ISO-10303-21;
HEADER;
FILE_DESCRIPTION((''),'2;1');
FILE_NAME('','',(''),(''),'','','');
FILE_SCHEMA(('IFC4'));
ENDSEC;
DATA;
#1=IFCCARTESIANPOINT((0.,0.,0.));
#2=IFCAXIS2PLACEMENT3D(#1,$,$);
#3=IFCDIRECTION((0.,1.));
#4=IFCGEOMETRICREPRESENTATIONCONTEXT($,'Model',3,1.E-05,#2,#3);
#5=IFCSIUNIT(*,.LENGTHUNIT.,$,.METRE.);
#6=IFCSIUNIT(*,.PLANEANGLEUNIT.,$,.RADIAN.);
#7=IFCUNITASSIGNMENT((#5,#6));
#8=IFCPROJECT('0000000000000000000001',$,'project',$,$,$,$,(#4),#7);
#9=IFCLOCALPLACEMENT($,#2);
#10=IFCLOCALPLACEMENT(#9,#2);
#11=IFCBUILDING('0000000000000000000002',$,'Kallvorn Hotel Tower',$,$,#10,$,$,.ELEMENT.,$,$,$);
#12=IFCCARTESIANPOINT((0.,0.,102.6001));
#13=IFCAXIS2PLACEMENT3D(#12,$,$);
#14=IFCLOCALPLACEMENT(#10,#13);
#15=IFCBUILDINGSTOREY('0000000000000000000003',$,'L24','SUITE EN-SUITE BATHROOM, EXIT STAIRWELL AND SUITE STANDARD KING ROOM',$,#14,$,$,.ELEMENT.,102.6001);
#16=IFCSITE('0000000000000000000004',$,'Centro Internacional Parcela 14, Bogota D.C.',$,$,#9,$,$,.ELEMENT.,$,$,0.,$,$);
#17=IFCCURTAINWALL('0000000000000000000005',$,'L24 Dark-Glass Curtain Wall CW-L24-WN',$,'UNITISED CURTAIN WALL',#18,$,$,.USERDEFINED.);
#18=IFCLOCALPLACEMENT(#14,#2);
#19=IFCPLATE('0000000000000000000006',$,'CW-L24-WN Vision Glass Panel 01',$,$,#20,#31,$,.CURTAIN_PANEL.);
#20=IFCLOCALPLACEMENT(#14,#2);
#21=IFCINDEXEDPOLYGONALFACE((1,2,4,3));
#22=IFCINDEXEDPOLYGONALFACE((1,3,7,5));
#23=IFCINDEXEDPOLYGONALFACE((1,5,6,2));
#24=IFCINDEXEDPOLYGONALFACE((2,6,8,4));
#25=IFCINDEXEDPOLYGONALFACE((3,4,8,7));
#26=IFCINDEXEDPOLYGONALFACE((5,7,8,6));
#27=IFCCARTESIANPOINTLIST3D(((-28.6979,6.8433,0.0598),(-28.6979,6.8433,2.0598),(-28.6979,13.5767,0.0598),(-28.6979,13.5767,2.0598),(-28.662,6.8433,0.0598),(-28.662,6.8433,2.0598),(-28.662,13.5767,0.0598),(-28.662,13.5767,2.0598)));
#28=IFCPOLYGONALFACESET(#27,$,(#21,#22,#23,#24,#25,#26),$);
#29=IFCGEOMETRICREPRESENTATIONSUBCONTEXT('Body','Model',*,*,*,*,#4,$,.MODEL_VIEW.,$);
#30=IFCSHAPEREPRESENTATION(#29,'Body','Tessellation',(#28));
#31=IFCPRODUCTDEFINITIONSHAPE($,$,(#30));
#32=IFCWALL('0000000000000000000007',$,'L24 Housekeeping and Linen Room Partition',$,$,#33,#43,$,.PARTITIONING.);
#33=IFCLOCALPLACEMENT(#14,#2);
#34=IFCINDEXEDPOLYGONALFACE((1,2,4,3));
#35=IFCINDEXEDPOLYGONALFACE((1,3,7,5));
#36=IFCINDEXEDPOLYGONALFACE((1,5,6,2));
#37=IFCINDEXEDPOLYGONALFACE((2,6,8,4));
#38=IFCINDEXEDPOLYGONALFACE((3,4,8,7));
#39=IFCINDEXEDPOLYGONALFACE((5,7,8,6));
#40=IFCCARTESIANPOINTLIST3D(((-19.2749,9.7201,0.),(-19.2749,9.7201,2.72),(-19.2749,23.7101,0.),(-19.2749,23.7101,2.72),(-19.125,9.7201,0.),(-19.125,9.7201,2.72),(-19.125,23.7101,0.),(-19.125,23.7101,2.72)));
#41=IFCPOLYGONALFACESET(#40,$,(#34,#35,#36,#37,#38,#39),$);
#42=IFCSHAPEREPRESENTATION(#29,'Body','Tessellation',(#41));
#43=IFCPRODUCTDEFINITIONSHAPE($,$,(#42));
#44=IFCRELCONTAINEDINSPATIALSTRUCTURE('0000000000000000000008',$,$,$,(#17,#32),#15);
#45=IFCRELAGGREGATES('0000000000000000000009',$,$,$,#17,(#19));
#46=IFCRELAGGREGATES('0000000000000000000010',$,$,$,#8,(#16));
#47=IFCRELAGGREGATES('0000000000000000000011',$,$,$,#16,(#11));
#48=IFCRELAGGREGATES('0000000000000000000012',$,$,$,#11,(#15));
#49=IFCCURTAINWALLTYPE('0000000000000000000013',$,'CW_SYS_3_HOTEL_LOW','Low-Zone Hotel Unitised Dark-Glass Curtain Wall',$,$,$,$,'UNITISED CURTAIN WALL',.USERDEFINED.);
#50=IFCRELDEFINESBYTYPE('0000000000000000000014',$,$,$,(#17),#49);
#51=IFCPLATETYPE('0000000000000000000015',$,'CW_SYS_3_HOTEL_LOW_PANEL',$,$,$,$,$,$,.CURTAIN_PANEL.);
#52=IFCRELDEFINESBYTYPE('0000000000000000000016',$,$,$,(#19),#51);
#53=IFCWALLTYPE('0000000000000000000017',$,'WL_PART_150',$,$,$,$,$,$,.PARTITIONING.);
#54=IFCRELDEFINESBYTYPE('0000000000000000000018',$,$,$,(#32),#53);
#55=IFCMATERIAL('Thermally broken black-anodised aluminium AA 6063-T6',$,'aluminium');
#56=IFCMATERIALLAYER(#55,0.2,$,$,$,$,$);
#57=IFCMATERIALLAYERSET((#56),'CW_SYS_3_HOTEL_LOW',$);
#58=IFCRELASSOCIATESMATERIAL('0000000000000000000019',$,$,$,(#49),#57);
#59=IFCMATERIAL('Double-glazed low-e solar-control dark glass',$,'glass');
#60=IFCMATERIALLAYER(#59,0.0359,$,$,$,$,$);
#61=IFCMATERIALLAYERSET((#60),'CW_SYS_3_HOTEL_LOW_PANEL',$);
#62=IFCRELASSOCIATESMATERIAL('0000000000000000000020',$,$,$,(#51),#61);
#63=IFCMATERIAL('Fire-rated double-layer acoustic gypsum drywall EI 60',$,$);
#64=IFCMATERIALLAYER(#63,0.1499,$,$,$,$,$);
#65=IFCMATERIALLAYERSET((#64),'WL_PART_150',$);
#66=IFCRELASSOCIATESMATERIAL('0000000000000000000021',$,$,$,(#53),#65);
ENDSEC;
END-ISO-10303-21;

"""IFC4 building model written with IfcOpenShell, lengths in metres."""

from ifc_helpers import new_model, si_unit, direction, frame, frame_2d, origin, origin_2d, place, context, subcontext, project, spatial, rectangle, extrude, material, layer, layer_set, type_object, element, aggregate, save


model = new_model("IFC4")

# Units and contexts
model_context = context("Model", 3, precision=1e-05, world=origin(), true_north=direction((0.0, 1.0)))
body_context = subcontext(model_context, "Body", "Model", "MODEL_VIEW")
ifc_project = project(units=[si_unit("LENGTHUNIT", "METRE"), si_unit("PLANEANGLEUNIT", "RADIAN")], contexts=[model_context])

# Site, building, storey
site_placement = place(None, origin())
site = spatial("IfcSite", under=ifc_project, at=site_placement, Name="Centro Internacional Parcela 14, Bogota D.C.", CompositionType="ELEMENT", RefElevation=0.0)
building_placement = place(site_placement, origin())
building = spatial("IfcBuilding", under=site, at=building_placement, Name="Kallvorn Hotel Tower", CompositionType="ELEMENT")
storey_placement = place(building_placement, frame((0.0, 0.0, 102.6001)))
storey = spatial("IfcBuildingStorey", under=building, at=storey_placement, Name="L24", Description="SUITE EN-SUITE BATHROOM, EXIT STAIRWELL AND SUITE STANDARD KING ROOM", CompositionType="ELEMENT", Elevation=102.6001)

# Curtain wall, plate
ifc_material_1 = material(Name="Thermally broken black-anodised aluminium AA 6063-T6", Category="aluminium")
ifc_layer_1 = layer(ifc_material_1, 0.2)
ifc_layer_set_1 = layer_set([ifc_layer_1], Name="CW_SYS_3_HOTEL_LOW")
curtain_wall_type = type_object("IfcCurtainWallType", Name="CW_SYS_3_HOTEL_LOW", Description="Low-Zone Hotel Unitised Dark-Glass Curtain Wall", ElementType="UNITISED CURTAIN WALL", PredefinedType="USERDEFINED", material=ifc_layer_set_1)
curtain_wall_placement = place(storey_placement, origin())
curtain_wall = element("IfcCurtainWall", 1, at=curtain_wall_placement, inside=storey, type_object=curtain_wall_type, Name="L24 Dark-Glass Curtain Wall CW-L24-WN", ObjectType="UNITISED CURTAIN WALL", PredefinedType="USERDEFINED")
ifc_material_2 = material(Name="Double-glazed low-e solar-control dark glass", Category="glass")
ifc_layer_2 = layer(ifc_material_2, 0.0359)
ifc_layer_set_2 = layer_set([ifc_layer_2], Name="CW_SYS_3_HOTEL_LOW_PANEL")
plate_type = type_object("IfcPlateType", Name="CW_SYS_3_HOTEL_LOW_PANEL", PredefinedType="CURTAIN_PANEL", material=ifc_layer_set_2)
plate_placement = place(storey_placement, frame((-28.6799, 10.21, 0.0598), z_axis=(0.0, 0.0, 1.0), x_axis=(0.0, 1.0, 0.0)))
plate = element("IfcPlate", 2, at=plate_placement, type_object=plate_type, Name="CW-L24-WN Vision Glass Panel 01", PredefinedType="CURTAIN_PANEL", context=body_context, shape_type="SweptSolid", body=[
    extrude(rectangle(XDim=6.7334, YDim=0.0359, at=origin_2d()), origin(), (0.0, 0.0, 1.0), 2.0),
])
aggregate(curtain_wall, [plate])

# Wall
ifc_material_3 = material(Name="Fire-rated double-layer acoustic gypsum drywall EI 60")
ifc_layer_3 = layer(ifc_material_3, 0.1499)
ifc_layer_set_3 = layer_set([ifc_layer_3], Name="WL_PART_150")
wall_type_1 = type_object("IfcWallType", Name="WL_PART_150", PredefinedType="PARTITIONING", material=ifc_layer_set_3)
wall_1_placement = place(storey_placement, frame((-19.2, 9.72, 0.0), z_axis=(0.0, 0.0, 1.0), x_axis=(0.0, 1.0, 0.0)))
element("IfcWall", 3, at=wall_1_placement, inside=storey, type_object=wall_type_1, Name="L24 Housekeeping and Linen Room Partition", PredefinedType="PARTITIONING", context=body_context, shape_type="SweptSolid", body=[
    extrude(rectangle(XDim=13.99, YDim=0.1499, at=frame_2d((6.9951, 0.0))), origin(), (0.0, 0.0, 1.0), 2.72),
])

save(model, "model.ifc")
